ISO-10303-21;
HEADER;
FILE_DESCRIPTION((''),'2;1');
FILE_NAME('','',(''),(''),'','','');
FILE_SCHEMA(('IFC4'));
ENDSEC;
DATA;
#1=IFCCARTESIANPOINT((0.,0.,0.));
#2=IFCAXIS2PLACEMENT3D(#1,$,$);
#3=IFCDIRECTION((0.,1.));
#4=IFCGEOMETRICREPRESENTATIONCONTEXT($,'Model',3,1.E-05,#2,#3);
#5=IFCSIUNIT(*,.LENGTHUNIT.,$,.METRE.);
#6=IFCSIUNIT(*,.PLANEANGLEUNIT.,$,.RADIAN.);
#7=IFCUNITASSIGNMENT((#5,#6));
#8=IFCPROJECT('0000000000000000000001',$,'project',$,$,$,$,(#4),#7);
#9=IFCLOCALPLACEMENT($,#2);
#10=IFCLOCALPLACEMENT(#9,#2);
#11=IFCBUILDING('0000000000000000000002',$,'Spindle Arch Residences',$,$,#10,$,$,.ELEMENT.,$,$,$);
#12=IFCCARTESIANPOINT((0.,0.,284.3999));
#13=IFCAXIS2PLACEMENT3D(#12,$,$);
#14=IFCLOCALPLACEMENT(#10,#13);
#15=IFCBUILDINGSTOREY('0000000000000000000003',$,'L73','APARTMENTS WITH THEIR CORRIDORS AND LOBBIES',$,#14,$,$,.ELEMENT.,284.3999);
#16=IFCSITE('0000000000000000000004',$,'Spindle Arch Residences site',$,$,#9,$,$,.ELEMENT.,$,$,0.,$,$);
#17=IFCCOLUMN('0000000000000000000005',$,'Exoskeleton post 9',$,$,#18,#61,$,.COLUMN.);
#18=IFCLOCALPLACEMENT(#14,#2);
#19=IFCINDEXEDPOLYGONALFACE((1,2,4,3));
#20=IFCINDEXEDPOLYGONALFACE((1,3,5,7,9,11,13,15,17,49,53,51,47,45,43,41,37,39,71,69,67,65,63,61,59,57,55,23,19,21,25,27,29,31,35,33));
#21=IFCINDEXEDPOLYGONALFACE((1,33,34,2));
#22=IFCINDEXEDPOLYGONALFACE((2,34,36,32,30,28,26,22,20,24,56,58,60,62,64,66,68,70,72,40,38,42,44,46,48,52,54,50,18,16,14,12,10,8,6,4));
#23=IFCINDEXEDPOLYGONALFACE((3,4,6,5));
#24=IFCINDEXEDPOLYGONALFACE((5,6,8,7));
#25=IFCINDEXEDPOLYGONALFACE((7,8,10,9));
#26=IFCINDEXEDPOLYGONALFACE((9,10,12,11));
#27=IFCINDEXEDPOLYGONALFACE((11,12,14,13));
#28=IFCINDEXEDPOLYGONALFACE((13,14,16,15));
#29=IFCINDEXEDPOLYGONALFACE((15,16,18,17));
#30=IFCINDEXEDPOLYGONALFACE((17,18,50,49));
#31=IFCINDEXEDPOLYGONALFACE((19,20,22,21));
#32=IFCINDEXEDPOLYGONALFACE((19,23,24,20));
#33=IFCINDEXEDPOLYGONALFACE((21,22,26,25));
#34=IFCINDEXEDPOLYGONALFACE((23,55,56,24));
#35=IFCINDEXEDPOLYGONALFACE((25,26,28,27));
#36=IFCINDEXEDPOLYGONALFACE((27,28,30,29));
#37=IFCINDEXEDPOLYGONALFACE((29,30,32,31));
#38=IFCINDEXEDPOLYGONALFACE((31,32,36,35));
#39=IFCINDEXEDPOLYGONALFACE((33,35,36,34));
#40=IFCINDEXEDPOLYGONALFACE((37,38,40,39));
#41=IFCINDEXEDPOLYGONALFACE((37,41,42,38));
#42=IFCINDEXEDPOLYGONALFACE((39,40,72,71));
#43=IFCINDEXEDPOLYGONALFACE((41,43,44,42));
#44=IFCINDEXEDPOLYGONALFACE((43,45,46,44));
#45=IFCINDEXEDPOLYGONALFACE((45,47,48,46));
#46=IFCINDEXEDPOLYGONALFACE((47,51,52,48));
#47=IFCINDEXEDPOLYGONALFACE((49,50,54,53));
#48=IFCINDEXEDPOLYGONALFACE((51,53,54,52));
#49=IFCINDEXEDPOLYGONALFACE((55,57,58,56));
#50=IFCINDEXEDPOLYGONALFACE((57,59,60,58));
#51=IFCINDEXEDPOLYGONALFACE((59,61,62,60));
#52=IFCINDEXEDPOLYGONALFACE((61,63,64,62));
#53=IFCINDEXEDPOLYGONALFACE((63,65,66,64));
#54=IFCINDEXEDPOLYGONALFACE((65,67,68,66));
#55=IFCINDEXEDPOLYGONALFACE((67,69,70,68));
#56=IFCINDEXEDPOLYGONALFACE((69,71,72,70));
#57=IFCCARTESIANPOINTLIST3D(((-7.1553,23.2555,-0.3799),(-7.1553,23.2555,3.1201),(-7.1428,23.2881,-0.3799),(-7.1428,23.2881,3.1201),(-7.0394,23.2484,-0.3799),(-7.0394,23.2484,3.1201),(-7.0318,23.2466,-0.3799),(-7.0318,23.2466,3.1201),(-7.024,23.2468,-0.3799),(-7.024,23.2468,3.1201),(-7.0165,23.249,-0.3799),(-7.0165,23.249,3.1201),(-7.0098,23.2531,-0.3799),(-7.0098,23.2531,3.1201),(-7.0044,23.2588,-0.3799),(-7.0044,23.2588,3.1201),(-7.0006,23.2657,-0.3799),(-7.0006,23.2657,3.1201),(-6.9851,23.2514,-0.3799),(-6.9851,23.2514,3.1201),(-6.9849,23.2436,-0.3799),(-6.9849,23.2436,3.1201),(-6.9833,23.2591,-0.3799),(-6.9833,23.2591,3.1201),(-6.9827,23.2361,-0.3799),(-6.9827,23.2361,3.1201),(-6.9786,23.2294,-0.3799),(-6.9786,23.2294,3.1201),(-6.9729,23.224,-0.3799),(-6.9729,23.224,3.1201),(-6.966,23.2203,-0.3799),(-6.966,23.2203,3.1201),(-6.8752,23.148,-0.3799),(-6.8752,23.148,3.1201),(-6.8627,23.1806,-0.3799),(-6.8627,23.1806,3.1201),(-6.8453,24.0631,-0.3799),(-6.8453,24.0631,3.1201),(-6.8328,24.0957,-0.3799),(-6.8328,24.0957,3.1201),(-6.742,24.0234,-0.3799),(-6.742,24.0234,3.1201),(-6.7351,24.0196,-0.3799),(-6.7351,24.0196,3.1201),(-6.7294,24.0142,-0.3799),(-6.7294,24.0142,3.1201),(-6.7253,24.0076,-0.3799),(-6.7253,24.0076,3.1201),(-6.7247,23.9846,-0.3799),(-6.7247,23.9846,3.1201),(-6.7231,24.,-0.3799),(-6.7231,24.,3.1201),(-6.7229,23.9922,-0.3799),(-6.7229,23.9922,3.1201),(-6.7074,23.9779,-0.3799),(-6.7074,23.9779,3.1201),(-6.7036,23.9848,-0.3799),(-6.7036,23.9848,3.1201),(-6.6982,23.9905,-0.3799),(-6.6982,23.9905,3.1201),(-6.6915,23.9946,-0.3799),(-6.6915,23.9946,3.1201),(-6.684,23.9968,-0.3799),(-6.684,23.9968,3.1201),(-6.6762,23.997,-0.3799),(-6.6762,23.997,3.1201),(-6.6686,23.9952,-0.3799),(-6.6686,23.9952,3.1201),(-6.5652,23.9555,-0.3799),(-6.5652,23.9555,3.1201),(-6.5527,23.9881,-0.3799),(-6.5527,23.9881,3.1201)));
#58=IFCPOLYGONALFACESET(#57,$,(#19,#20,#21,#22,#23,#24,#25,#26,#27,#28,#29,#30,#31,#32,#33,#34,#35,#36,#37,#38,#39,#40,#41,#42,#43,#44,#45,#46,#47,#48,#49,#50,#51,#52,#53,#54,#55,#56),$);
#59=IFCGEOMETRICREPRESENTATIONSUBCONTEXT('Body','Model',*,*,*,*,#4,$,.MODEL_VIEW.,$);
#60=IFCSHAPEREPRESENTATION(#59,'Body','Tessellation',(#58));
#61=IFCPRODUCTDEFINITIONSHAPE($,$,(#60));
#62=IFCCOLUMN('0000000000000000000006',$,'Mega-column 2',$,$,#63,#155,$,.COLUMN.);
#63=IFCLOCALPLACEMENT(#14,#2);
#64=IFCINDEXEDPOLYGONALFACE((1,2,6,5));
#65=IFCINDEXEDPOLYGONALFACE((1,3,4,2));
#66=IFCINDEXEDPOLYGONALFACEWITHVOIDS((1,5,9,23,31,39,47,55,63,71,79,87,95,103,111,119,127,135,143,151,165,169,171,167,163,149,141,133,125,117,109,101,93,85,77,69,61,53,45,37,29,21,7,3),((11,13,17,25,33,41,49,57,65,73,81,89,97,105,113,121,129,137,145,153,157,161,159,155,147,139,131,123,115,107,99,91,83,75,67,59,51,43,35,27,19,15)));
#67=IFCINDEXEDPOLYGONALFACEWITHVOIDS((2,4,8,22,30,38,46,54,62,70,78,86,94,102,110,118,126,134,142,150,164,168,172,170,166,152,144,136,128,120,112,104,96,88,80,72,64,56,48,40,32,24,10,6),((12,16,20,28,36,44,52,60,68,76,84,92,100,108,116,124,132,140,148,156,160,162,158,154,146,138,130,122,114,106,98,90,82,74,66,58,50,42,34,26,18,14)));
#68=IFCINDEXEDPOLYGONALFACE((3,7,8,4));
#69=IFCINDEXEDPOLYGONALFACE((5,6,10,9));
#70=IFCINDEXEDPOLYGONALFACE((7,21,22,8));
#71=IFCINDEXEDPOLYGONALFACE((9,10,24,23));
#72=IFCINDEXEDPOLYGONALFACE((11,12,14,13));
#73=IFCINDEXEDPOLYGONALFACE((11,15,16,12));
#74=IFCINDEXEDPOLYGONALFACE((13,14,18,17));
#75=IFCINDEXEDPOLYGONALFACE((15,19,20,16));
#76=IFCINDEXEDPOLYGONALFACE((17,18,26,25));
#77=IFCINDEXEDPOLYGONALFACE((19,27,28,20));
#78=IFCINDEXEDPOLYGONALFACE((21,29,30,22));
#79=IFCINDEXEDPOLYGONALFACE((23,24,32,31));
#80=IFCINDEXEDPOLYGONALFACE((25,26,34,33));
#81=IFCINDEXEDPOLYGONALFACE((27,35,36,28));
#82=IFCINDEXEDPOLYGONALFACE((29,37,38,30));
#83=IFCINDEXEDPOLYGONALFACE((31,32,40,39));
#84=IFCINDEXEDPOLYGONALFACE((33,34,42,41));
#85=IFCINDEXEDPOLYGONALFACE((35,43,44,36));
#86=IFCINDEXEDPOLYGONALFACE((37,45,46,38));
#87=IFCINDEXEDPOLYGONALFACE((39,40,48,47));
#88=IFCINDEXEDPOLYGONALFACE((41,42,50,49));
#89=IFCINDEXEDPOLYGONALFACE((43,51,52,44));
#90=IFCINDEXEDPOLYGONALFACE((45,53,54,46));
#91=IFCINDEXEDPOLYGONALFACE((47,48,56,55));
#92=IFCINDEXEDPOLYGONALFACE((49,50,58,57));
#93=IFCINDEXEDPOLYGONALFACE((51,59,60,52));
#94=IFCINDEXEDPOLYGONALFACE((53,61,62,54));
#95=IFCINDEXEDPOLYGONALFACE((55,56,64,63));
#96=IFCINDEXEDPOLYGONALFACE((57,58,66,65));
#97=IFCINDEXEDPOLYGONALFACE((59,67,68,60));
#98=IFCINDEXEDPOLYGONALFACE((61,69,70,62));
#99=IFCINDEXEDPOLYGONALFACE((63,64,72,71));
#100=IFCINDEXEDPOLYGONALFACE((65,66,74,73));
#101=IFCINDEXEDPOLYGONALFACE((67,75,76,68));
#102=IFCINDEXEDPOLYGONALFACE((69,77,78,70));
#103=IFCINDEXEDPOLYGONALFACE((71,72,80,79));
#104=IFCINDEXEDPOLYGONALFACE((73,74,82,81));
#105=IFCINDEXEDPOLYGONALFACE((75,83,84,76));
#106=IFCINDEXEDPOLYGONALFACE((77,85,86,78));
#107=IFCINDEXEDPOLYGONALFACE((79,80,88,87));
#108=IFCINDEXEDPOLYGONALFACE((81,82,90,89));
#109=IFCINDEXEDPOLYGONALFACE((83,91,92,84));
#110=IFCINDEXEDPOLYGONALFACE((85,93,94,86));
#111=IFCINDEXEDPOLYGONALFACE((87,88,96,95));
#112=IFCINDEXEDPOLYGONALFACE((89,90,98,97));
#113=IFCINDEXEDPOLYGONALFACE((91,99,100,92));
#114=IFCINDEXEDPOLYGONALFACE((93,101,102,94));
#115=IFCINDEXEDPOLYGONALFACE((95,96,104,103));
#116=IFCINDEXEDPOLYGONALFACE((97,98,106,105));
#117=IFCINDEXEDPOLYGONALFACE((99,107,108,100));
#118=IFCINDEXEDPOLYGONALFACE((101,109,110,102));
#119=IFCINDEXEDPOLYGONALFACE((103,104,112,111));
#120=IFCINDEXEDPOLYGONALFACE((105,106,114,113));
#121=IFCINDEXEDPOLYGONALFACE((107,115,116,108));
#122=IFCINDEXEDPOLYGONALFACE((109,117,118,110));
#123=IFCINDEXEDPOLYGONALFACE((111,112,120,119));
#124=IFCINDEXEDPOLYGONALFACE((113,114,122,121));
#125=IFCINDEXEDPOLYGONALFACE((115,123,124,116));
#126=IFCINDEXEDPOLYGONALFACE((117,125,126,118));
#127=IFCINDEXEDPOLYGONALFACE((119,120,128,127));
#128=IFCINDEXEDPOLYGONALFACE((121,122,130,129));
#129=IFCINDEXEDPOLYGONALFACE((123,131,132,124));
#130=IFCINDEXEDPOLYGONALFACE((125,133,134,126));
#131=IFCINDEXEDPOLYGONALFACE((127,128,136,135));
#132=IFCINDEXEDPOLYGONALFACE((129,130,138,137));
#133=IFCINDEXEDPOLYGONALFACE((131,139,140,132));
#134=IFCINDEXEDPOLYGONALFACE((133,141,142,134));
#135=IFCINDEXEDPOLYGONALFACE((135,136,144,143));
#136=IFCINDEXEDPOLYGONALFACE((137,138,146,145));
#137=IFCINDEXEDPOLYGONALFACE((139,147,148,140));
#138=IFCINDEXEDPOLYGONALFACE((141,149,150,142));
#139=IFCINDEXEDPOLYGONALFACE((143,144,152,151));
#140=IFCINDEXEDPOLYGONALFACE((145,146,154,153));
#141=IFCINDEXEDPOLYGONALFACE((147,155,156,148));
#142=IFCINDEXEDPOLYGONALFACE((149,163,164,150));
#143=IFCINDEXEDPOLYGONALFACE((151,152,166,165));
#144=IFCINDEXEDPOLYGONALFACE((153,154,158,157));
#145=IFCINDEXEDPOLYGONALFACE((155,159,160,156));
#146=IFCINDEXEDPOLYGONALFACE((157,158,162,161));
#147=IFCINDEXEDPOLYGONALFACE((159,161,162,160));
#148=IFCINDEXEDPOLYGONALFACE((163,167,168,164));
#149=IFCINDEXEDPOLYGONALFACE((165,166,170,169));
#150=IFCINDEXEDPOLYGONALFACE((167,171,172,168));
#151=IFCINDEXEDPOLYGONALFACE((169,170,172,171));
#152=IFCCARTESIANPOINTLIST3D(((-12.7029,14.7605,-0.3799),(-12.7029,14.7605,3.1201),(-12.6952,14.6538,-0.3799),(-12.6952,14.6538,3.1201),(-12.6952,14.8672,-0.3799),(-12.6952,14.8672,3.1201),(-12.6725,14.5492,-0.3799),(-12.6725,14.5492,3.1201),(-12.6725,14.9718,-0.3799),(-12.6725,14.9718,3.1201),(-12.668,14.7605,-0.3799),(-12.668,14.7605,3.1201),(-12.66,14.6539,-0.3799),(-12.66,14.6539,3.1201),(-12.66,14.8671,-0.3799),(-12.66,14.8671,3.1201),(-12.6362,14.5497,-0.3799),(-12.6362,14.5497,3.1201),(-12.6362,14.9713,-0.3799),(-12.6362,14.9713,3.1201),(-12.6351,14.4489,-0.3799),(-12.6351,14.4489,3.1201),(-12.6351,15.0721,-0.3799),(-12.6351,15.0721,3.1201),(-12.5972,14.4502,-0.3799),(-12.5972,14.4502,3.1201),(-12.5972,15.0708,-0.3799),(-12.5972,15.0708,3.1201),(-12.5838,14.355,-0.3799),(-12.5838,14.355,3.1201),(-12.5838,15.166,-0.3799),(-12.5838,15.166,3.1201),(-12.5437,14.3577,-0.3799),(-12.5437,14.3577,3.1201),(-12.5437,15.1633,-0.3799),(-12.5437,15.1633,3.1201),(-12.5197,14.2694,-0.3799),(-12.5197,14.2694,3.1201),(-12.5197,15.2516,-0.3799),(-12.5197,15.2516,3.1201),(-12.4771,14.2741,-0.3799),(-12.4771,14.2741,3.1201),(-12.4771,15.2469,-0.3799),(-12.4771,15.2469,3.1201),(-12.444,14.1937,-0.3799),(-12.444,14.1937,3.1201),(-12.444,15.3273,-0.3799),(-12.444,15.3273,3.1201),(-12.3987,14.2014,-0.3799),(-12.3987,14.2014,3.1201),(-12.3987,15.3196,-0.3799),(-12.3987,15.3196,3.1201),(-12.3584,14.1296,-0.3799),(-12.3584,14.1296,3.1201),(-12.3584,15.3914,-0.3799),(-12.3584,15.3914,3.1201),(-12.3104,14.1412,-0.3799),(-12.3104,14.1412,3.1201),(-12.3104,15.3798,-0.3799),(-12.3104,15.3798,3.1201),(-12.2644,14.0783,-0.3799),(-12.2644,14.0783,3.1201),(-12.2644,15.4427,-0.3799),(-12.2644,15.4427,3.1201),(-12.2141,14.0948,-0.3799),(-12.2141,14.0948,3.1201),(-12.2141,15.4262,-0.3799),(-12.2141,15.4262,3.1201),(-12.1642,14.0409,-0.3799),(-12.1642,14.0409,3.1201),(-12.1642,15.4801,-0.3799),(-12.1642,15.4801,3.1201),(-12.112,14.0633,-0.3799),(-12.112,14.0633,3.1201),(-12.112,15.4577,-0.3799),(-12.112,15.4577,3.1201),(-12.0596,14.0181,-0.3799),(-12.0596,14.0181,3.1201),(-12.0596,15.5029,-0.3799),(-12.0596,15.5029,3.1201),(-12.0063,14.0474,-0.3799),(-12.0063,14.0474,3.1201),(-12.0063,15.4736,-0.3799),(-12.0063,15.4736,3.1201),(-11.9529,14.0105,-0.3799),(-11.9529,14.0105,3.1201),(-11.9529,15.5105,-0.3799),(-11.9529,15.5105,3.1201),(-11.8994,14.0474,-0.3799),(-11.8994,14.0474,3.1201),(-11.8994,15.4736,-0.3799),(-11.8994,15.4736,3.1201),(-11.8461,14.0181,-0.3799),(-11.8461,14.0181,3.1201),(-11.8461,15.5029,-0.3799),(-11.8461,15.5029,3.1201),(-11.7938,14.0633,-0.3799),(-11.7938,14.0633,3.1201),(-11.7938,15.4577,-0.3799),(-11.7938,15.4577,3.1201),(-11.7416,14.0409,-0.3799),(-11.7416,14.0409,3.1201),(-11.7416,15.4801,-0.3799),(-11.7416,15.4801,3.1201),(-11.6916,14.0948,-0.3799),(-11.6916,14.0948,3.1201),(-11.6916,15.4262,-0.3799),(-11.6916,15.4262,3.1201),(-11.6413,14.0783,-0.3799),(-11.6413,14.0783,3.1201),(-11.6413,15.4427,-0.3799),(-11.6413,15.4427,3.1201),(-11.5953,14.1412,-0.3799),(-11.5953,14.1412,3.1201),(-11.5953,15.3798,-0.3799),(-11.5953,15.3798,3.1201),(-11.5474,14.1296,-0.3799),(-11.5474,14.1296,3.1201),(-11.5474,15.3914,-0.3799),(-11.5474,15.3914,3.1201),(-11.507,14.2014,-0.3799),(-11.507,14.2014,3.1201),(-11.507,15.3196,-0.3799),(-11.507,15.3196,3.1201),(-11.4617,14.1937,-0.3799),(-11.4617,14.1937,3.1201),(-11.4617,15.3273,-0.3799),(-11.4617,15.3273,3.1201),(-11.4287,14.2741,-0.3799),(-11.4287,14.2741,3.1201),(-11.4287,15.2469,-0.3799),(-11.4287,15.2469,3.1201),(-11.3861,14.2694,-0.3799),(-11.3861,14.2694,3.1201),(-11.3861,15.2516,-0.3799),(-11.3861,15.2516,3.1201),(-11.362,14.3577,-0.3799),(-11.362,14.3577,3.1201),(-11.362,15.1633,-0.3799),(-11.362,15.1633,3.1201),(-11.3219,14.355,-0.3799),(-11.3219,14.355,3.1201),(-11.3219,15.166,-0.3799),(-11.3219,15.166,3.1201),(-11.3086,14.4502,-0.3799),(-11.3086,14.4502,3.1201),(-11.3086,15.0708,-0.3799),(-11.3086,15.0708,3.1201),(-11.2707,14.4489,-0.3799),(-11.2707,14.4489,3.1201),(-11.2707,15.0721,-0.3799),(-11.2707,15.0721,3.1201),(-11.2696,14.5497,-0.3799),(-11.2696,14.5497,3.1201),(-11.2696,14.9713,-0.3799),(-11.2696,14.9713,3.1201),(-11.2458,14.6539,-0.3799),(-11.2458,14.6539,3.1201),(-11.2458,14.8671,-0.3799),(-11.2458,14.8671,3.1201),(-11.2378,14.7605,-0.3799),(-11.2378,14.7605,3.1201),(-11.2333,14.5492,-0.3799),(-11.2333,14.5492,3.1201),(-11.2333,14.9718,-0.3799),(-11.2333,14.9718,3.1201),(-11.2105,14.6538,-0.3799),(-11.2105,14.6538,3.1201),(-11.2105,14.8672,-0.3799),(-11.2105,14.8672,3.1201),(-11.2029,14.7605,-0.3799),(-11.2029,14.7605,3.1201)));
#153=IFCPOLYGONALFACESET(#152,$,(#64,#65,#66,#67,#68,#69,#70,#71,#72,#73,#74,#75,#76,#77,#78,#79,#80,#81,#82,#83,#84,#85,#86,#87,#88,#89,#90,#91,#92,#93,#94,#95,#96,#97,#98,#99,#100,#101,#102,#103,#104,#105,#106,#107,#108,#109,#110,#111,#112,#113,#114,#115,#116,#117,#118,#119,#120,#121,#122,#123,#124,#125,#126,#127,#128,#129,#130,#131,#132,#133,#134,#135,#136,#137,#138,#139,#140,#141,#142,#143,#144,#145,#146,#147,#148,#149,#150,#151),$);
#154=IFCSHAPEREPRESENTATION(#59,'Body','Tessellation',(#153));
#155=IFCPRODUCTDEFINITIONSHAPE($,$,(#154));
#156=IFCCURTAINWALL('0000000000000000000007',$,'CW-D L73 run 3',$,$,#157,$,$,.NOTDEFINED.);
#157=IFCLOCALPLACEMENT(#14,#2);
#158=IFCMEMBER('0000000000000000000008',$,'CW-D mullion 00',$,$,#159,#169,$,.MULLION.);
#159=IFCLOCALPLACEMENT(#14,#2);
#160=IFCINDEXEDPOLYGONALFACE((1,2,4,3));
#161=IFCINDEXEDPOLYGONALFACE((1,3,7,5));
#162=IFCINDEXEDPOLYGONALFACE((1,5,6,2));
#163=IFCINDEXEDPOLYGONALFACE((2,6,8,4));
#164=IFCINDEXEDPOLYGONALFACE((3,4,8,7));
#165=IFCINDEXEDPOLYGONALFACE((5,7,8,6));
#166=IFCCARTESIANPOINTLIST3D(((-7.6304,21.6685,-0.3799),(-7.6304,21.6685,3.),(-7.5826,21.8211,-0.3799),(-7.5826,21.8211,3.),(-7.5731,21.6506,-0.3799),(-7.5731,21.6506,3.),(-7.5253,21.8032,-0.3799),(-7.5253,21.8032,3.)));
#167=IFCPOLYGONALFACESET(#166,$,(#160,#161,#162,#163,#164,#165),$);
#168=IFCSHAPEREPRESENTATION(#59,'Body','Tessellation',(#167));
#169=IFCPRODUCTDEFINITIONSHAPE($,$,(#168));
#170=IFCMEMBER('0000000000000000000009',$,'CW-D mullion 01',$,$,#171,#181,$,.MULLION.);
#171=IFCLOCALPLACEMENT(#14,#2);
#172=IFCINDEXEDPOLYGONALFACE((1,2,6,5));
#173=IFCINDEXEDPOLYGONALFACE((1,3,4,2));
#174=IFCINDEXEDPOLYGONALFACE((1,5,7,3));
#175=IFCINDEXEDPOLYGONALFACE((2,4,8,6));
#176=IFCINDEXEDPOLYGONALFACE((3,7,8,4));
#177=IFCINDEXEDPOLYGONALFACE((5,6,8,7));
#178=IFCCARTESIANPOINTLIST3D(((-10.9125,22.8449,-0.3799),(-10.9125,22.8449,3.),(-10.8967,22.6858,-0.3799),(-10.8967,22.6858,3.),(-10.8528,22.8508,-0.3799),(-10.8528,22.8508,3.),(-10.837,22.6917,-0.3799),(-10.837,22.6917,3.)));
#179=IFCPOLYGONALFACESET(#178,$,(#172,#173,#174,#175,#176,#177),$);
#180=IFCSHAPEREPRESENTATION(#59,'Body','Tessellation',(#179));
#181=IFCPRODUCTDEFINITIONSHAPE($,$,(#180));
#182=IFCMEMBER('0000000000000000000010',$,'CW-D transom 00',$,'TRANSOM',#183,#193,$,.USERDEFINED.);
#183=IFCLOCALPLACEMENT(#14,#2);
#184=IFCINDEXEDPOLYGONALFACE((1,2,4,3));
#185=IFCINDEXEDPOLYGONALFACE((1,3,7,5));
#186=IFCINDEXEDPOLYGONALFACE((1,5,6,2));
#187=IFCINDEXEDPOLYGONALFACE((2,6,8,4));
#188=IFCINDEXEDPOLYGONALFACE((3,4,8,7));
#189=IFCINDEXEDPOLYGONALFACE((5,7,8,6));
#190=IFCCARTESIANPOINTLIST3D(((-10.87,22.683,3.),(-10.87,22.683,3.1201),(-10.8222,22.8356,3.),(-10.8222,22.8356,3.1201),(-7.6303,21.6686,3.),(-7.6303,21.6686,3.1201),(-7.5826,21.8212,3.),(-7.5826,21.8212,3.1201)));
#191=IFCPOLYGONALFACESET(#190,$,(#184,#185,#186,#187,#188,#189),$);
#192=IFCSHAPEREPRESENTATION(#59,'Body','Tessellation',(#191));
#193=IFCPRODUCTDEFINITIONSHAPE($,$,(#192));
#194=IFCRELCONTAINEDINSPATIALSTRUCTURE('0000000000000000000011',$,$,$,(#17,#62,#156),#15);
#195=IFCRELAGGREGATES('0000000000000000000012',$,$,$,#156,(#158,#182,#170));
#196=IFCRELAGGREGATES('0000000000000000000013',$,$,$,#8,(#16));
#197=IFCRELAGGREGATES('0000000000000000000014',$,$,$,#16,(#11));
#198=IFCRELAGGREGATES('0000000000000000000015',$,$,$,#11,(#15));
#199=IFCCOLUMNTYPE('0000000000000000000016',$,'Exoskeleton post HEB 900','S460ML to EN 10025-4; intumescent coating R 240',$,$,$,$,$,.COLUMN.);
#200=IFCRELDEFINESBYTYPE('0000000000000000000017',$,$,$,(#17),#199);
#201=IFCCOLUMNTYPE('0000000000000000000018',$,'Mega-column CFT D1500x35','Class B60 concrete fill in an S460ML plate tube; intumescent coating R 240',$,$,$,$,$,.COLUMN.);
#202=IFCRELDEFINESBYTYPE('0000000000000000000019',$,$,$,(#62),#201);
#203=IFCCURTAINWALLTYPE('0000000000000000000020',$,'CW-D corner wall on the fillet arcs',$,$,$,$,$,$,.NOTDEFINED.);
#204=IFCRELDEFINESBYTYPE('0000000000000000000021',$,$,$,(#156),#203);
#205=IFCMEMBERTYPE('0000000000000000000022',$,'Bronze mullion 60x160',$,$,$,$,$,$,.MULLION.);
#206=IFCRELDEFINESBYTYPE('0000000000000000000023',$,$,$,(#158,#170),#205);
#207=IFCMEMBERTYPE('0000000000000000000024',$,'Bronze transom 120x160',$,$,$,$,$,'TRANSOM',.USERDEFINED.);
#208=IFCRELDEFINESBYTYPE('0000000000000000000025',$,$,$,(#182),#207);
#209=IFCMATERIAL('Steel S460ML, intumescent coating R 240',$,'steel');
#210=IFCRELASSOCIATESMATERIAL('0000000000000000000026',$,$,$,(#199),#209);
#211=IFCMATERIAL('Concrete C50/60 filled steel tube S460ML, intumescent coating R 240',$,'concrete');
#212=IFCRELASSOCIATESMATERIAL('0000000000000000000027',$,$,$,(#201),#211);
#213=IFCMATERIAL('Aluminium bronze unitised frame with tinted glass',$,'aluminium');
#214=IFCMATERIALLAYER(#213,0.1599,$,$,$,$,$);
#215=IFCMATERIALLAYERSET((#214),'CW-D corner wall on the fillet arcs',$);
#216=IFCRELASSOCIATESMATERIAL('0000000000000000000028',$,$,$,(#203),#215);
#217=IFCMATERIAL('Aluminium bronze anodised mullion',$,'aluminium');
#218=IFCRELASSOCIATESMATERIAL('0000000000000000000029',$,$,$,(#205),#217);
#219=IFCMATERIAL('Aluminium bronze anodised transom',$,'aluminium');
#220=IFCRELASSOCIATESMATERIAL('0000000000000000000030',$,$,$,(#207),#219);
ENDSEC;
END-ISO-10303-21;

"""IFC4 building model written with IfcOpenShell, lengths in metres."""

from ifc_helpers import new_model, si_unit, direction, frame, origin, origin_2d, place, context, subcontext, project, spatial, rectangle, hollow_circle, i_section, extrude, material, layer, layer_set, material_profile, profile_set, type_object, element, aggregate, save


model = new_model("IFC4")

# Units and contexts
model_context = context("Model", 3, precision=1e-05, world=origin(), true_north=direction((0.0, 1.0)))
body_context = subcontext(model_context, "Body", "Model", "MODEL_VIEW")
ifc_project = project(units=[si_unit("LENGTHUNIT", "METRE"), si_unit("PLANEANGLEUNIT", "RADIAN")], contexts=[model_context])

# Site, building, storey
site_placement = place(None, origin())
site = spatial("IfcSite", under=ifc_project, at=site_placement, Name="Spindle Arch Residences site", CompositionType="ELEMENT", RefElevation=0.0)
building_placement = place(site_placement, origin())
building = spatial("IfcBuilding", under=site, at=building_placement, Name="Spindle Arch Residences", CompositionType="ELEMENT")
storey_placement = place(building_placement, frame((0.0, 0.0, 284.3999)))
storey = spatial("IfcBuildingStorey", under=building, at=storey_placement, Name="L73", Description="APARTMENTS WITH THEIR CORRIDORS AND LOBBIES", CompositionType="ELEMENT", Elevation=284.3999)

# Columns
ifc_material_1 = material(Name="Steel S460ML, intumescent coating R 240", Category="steel")
ifc_material_profile_1 = material_profile(ifc_material_1, i_section(OverallWidth=0.3, OverallDepth=0.8999, WebThickness=0.0186, FlangeThickness=0.0349, FilletRadius=0.03, at=origin_2d()), Name="HEB 900")
ifc_profile_set_1 = profile_set([ifc_material_profile_1], Name="Steel S460ML, intumescent coating R 240")
column_type_1 = type_object("IfcColumnType", Name="Exoskeleton post HEB 900", Description="S460ML to EN 10025-4; intumescent coating R 240", PredefinedType="COLUMN", material=ifc_profile_set_1)
column_1_placement = place(storey_placement, frame((-6.854, 23.6218, -0.3799), z_axis=(0.0, 0.0, 1.0), x_axis=(0.93358, -0.358368, 0.0)))
element("IfcColumn", 1, at=column_1_placement, inside=storey, type_object=column_type_1, Name="Exoskeleton post 9", PredefinedType="COLUMN", context=body_context, shape_type="SweptSolid", body=[
    extrude(i_section(OverallWidth=0.3, OverallDepth=0.8999, WebThickness=0.0186, FlangeThickness=0.0349, FilletRadius=0.03, at=origin_2d()), origin(), (0.0, 0.0, 1.0), 3.5),
])
ifc_material_2 = material(Name="Concrete C50/60 filled steel tube S460ML, intumescent coating R 240", Category="concrete")
ifc_material_profile_2 = material_profile(ifc_material_2, hollow_circle(Radius=0.75, WallThickness=0.0349, at=origin_2d()), Name="CFT D1500x35")
ifc_profile_set_2 = profile_set([ifc_material_profile_2], Name="Concrete C50/60 filled steel tube S460ML, intumescent coating R 240")
column_type_2 = type_object("IfcColumnType", Name="Mega-column CFT D1500x35", Description="Class B60 concrete fill in an S460ML plate tube; intumescent coating R 240", PredefinedType="COLUMN", material=ifc_profile_set_2)
column_2_placement = place(storey_placement, frame((-11.9529, 14.7605, -0.3799), z_axis=(0.0, 0.0, 1.0), x_axis=(1.0, 0.0, 0.0)))
element("IfcColumn", 2, at=column_2_placement, inside=storey, type_object=column_type_2, Name="Mega-column 2", PredefinedType="COLUMN", context=body_context, shape_type="SweptSolid", body=[
    extrude(hollow_circle(Radius=0.75, WallThickness=0.0349, at=origin_2d()), origin(), (0.0, 0.0, 1.0), 3.5),
])

# Curtain wall, members
ifc_material_3 = material(Name="Aluminium bronze unitised frame with tinted glass", Category="aluminium")
ifc_layer_1 = layer(ifc_material_3, 0.1599)
ifc_layer_set_1 = layer_set([ifc_layer_1], Name="CW-D corner wall on the fillet arcs")
curtain_wall_type_1 = type_object("IfcCurtainWallType", Name="CW-D corner wall on the fillet arcs", PredefinedType="NOTDEFINED", material=ifc_layer_set_1)
curtain_wall_1_placement = place(storey_placement, origin())
curtain_wall_1 = element("IfcCurtainWall", 3, at=curtain_wall_1_placement, inside=storey, type_object=curtain_wall_type_1, Name="CW-D L73 run 3", PredefinedType="NOTDEFINED")
ifc_material_4 = material(Name="Aluminium bronze anodised mullion", Category="aluminium")
ifc_material_profile_3 = material_profile(ifc_material_4, rectangle(XDim=0.1599, YDim=0.0601, at=origin_2d()), Name="MU 60x160")
ifc_profile_set_3 = profile_set([ifc_material_profile_3], Name="Aluminium bronze anodised mullion")
member_type_1 = type_object("IfcMemberType", Name="Bronze mullion 60x160", PredefinedType="MULLION", material=ifc_profile_set_3)
member_1_placement = place(storey_placement, frame((-7.5779, 21.7358, -0.3799), z_axis=(0.0, 0.0, 1.0), x_axis=(-0.298803, -0.954315, 0.0)))
member_1 = element("IfcMember", 4, at=member_1_placement, type_object=member_type_1, Name="CW-D mullion 00", PredefinedType="MULLION", context=body_context, shape_type="SweptSolid", body=[
    extrude(rectangle(XDim=0.1599, YDim=0.0601, at=origin_2d()), origin(), (0.0, 0.0, 1.0), 3.3799),
])
member_2_placement = place(storey_placement, frame((-10.8748, 22.7683, -0.3799), z_axis=(0.0, 0.0, 1.0), x_axis=(0.098741, -0.995113, 0.0)))
member_2 = element("IfcMember", 5, at=member_2_placement, type_object=member_type_1, Name="CW-D mullion 01", PredefinedType="MULLION", context=body_context, shape_type="SweptSolid", body=[
    extrude(rectangle(XDim=0.1599, YDim=0.0601, at=origin_2d()), origin(), (0.0, 0.0, 1.0), 3.3799),
])
ifc_material_5 = material(Name="Aluminium bronze anodised transom", Category="aluminium")
ifc_material_profile_4 = material_profile(ifc_material_5, rectangle(XDim=0.1599, YDim=0.1201, at=origin_2d()), Name="TR 120x160")
ifc_profile_set_4 = profile_set([ifc_material_profile_4], Name="Aluminium bronze anodised transom")
member_type_2 = type_object("IfcMemberType", Name="Bronze transom 120x160", ElementType="TRANSOM", PredefinedType="USERDEFINED", material=ifc_profile_set_4)
member_3_placement = place(storey_placement, frame((-7.6064, 21.7449, 3.0601), z_axis=(-0.954313, 0.298807, 0.0), x_axis=(-0.298807, -0.954313, 0.0)))
member_3 = element("IfcMember", 6, at=member_3_placement, type_object=member_type_2, Name="CW-D transom 00", ObjectType="TRANSOM", PredefinedType="USERDEFINED", context=body_context, shape_type="SweptSolid", body=[
    extrude(rectangle(XDim=0.1599, YDim=0.1201, at=origin_2d()), origin(), (0.0, 0.0, 1.0), 3.3948),
])

aggregate(curtain_wall_1, [member_1, member_3, member_2])

save(model, "model.ifc")
